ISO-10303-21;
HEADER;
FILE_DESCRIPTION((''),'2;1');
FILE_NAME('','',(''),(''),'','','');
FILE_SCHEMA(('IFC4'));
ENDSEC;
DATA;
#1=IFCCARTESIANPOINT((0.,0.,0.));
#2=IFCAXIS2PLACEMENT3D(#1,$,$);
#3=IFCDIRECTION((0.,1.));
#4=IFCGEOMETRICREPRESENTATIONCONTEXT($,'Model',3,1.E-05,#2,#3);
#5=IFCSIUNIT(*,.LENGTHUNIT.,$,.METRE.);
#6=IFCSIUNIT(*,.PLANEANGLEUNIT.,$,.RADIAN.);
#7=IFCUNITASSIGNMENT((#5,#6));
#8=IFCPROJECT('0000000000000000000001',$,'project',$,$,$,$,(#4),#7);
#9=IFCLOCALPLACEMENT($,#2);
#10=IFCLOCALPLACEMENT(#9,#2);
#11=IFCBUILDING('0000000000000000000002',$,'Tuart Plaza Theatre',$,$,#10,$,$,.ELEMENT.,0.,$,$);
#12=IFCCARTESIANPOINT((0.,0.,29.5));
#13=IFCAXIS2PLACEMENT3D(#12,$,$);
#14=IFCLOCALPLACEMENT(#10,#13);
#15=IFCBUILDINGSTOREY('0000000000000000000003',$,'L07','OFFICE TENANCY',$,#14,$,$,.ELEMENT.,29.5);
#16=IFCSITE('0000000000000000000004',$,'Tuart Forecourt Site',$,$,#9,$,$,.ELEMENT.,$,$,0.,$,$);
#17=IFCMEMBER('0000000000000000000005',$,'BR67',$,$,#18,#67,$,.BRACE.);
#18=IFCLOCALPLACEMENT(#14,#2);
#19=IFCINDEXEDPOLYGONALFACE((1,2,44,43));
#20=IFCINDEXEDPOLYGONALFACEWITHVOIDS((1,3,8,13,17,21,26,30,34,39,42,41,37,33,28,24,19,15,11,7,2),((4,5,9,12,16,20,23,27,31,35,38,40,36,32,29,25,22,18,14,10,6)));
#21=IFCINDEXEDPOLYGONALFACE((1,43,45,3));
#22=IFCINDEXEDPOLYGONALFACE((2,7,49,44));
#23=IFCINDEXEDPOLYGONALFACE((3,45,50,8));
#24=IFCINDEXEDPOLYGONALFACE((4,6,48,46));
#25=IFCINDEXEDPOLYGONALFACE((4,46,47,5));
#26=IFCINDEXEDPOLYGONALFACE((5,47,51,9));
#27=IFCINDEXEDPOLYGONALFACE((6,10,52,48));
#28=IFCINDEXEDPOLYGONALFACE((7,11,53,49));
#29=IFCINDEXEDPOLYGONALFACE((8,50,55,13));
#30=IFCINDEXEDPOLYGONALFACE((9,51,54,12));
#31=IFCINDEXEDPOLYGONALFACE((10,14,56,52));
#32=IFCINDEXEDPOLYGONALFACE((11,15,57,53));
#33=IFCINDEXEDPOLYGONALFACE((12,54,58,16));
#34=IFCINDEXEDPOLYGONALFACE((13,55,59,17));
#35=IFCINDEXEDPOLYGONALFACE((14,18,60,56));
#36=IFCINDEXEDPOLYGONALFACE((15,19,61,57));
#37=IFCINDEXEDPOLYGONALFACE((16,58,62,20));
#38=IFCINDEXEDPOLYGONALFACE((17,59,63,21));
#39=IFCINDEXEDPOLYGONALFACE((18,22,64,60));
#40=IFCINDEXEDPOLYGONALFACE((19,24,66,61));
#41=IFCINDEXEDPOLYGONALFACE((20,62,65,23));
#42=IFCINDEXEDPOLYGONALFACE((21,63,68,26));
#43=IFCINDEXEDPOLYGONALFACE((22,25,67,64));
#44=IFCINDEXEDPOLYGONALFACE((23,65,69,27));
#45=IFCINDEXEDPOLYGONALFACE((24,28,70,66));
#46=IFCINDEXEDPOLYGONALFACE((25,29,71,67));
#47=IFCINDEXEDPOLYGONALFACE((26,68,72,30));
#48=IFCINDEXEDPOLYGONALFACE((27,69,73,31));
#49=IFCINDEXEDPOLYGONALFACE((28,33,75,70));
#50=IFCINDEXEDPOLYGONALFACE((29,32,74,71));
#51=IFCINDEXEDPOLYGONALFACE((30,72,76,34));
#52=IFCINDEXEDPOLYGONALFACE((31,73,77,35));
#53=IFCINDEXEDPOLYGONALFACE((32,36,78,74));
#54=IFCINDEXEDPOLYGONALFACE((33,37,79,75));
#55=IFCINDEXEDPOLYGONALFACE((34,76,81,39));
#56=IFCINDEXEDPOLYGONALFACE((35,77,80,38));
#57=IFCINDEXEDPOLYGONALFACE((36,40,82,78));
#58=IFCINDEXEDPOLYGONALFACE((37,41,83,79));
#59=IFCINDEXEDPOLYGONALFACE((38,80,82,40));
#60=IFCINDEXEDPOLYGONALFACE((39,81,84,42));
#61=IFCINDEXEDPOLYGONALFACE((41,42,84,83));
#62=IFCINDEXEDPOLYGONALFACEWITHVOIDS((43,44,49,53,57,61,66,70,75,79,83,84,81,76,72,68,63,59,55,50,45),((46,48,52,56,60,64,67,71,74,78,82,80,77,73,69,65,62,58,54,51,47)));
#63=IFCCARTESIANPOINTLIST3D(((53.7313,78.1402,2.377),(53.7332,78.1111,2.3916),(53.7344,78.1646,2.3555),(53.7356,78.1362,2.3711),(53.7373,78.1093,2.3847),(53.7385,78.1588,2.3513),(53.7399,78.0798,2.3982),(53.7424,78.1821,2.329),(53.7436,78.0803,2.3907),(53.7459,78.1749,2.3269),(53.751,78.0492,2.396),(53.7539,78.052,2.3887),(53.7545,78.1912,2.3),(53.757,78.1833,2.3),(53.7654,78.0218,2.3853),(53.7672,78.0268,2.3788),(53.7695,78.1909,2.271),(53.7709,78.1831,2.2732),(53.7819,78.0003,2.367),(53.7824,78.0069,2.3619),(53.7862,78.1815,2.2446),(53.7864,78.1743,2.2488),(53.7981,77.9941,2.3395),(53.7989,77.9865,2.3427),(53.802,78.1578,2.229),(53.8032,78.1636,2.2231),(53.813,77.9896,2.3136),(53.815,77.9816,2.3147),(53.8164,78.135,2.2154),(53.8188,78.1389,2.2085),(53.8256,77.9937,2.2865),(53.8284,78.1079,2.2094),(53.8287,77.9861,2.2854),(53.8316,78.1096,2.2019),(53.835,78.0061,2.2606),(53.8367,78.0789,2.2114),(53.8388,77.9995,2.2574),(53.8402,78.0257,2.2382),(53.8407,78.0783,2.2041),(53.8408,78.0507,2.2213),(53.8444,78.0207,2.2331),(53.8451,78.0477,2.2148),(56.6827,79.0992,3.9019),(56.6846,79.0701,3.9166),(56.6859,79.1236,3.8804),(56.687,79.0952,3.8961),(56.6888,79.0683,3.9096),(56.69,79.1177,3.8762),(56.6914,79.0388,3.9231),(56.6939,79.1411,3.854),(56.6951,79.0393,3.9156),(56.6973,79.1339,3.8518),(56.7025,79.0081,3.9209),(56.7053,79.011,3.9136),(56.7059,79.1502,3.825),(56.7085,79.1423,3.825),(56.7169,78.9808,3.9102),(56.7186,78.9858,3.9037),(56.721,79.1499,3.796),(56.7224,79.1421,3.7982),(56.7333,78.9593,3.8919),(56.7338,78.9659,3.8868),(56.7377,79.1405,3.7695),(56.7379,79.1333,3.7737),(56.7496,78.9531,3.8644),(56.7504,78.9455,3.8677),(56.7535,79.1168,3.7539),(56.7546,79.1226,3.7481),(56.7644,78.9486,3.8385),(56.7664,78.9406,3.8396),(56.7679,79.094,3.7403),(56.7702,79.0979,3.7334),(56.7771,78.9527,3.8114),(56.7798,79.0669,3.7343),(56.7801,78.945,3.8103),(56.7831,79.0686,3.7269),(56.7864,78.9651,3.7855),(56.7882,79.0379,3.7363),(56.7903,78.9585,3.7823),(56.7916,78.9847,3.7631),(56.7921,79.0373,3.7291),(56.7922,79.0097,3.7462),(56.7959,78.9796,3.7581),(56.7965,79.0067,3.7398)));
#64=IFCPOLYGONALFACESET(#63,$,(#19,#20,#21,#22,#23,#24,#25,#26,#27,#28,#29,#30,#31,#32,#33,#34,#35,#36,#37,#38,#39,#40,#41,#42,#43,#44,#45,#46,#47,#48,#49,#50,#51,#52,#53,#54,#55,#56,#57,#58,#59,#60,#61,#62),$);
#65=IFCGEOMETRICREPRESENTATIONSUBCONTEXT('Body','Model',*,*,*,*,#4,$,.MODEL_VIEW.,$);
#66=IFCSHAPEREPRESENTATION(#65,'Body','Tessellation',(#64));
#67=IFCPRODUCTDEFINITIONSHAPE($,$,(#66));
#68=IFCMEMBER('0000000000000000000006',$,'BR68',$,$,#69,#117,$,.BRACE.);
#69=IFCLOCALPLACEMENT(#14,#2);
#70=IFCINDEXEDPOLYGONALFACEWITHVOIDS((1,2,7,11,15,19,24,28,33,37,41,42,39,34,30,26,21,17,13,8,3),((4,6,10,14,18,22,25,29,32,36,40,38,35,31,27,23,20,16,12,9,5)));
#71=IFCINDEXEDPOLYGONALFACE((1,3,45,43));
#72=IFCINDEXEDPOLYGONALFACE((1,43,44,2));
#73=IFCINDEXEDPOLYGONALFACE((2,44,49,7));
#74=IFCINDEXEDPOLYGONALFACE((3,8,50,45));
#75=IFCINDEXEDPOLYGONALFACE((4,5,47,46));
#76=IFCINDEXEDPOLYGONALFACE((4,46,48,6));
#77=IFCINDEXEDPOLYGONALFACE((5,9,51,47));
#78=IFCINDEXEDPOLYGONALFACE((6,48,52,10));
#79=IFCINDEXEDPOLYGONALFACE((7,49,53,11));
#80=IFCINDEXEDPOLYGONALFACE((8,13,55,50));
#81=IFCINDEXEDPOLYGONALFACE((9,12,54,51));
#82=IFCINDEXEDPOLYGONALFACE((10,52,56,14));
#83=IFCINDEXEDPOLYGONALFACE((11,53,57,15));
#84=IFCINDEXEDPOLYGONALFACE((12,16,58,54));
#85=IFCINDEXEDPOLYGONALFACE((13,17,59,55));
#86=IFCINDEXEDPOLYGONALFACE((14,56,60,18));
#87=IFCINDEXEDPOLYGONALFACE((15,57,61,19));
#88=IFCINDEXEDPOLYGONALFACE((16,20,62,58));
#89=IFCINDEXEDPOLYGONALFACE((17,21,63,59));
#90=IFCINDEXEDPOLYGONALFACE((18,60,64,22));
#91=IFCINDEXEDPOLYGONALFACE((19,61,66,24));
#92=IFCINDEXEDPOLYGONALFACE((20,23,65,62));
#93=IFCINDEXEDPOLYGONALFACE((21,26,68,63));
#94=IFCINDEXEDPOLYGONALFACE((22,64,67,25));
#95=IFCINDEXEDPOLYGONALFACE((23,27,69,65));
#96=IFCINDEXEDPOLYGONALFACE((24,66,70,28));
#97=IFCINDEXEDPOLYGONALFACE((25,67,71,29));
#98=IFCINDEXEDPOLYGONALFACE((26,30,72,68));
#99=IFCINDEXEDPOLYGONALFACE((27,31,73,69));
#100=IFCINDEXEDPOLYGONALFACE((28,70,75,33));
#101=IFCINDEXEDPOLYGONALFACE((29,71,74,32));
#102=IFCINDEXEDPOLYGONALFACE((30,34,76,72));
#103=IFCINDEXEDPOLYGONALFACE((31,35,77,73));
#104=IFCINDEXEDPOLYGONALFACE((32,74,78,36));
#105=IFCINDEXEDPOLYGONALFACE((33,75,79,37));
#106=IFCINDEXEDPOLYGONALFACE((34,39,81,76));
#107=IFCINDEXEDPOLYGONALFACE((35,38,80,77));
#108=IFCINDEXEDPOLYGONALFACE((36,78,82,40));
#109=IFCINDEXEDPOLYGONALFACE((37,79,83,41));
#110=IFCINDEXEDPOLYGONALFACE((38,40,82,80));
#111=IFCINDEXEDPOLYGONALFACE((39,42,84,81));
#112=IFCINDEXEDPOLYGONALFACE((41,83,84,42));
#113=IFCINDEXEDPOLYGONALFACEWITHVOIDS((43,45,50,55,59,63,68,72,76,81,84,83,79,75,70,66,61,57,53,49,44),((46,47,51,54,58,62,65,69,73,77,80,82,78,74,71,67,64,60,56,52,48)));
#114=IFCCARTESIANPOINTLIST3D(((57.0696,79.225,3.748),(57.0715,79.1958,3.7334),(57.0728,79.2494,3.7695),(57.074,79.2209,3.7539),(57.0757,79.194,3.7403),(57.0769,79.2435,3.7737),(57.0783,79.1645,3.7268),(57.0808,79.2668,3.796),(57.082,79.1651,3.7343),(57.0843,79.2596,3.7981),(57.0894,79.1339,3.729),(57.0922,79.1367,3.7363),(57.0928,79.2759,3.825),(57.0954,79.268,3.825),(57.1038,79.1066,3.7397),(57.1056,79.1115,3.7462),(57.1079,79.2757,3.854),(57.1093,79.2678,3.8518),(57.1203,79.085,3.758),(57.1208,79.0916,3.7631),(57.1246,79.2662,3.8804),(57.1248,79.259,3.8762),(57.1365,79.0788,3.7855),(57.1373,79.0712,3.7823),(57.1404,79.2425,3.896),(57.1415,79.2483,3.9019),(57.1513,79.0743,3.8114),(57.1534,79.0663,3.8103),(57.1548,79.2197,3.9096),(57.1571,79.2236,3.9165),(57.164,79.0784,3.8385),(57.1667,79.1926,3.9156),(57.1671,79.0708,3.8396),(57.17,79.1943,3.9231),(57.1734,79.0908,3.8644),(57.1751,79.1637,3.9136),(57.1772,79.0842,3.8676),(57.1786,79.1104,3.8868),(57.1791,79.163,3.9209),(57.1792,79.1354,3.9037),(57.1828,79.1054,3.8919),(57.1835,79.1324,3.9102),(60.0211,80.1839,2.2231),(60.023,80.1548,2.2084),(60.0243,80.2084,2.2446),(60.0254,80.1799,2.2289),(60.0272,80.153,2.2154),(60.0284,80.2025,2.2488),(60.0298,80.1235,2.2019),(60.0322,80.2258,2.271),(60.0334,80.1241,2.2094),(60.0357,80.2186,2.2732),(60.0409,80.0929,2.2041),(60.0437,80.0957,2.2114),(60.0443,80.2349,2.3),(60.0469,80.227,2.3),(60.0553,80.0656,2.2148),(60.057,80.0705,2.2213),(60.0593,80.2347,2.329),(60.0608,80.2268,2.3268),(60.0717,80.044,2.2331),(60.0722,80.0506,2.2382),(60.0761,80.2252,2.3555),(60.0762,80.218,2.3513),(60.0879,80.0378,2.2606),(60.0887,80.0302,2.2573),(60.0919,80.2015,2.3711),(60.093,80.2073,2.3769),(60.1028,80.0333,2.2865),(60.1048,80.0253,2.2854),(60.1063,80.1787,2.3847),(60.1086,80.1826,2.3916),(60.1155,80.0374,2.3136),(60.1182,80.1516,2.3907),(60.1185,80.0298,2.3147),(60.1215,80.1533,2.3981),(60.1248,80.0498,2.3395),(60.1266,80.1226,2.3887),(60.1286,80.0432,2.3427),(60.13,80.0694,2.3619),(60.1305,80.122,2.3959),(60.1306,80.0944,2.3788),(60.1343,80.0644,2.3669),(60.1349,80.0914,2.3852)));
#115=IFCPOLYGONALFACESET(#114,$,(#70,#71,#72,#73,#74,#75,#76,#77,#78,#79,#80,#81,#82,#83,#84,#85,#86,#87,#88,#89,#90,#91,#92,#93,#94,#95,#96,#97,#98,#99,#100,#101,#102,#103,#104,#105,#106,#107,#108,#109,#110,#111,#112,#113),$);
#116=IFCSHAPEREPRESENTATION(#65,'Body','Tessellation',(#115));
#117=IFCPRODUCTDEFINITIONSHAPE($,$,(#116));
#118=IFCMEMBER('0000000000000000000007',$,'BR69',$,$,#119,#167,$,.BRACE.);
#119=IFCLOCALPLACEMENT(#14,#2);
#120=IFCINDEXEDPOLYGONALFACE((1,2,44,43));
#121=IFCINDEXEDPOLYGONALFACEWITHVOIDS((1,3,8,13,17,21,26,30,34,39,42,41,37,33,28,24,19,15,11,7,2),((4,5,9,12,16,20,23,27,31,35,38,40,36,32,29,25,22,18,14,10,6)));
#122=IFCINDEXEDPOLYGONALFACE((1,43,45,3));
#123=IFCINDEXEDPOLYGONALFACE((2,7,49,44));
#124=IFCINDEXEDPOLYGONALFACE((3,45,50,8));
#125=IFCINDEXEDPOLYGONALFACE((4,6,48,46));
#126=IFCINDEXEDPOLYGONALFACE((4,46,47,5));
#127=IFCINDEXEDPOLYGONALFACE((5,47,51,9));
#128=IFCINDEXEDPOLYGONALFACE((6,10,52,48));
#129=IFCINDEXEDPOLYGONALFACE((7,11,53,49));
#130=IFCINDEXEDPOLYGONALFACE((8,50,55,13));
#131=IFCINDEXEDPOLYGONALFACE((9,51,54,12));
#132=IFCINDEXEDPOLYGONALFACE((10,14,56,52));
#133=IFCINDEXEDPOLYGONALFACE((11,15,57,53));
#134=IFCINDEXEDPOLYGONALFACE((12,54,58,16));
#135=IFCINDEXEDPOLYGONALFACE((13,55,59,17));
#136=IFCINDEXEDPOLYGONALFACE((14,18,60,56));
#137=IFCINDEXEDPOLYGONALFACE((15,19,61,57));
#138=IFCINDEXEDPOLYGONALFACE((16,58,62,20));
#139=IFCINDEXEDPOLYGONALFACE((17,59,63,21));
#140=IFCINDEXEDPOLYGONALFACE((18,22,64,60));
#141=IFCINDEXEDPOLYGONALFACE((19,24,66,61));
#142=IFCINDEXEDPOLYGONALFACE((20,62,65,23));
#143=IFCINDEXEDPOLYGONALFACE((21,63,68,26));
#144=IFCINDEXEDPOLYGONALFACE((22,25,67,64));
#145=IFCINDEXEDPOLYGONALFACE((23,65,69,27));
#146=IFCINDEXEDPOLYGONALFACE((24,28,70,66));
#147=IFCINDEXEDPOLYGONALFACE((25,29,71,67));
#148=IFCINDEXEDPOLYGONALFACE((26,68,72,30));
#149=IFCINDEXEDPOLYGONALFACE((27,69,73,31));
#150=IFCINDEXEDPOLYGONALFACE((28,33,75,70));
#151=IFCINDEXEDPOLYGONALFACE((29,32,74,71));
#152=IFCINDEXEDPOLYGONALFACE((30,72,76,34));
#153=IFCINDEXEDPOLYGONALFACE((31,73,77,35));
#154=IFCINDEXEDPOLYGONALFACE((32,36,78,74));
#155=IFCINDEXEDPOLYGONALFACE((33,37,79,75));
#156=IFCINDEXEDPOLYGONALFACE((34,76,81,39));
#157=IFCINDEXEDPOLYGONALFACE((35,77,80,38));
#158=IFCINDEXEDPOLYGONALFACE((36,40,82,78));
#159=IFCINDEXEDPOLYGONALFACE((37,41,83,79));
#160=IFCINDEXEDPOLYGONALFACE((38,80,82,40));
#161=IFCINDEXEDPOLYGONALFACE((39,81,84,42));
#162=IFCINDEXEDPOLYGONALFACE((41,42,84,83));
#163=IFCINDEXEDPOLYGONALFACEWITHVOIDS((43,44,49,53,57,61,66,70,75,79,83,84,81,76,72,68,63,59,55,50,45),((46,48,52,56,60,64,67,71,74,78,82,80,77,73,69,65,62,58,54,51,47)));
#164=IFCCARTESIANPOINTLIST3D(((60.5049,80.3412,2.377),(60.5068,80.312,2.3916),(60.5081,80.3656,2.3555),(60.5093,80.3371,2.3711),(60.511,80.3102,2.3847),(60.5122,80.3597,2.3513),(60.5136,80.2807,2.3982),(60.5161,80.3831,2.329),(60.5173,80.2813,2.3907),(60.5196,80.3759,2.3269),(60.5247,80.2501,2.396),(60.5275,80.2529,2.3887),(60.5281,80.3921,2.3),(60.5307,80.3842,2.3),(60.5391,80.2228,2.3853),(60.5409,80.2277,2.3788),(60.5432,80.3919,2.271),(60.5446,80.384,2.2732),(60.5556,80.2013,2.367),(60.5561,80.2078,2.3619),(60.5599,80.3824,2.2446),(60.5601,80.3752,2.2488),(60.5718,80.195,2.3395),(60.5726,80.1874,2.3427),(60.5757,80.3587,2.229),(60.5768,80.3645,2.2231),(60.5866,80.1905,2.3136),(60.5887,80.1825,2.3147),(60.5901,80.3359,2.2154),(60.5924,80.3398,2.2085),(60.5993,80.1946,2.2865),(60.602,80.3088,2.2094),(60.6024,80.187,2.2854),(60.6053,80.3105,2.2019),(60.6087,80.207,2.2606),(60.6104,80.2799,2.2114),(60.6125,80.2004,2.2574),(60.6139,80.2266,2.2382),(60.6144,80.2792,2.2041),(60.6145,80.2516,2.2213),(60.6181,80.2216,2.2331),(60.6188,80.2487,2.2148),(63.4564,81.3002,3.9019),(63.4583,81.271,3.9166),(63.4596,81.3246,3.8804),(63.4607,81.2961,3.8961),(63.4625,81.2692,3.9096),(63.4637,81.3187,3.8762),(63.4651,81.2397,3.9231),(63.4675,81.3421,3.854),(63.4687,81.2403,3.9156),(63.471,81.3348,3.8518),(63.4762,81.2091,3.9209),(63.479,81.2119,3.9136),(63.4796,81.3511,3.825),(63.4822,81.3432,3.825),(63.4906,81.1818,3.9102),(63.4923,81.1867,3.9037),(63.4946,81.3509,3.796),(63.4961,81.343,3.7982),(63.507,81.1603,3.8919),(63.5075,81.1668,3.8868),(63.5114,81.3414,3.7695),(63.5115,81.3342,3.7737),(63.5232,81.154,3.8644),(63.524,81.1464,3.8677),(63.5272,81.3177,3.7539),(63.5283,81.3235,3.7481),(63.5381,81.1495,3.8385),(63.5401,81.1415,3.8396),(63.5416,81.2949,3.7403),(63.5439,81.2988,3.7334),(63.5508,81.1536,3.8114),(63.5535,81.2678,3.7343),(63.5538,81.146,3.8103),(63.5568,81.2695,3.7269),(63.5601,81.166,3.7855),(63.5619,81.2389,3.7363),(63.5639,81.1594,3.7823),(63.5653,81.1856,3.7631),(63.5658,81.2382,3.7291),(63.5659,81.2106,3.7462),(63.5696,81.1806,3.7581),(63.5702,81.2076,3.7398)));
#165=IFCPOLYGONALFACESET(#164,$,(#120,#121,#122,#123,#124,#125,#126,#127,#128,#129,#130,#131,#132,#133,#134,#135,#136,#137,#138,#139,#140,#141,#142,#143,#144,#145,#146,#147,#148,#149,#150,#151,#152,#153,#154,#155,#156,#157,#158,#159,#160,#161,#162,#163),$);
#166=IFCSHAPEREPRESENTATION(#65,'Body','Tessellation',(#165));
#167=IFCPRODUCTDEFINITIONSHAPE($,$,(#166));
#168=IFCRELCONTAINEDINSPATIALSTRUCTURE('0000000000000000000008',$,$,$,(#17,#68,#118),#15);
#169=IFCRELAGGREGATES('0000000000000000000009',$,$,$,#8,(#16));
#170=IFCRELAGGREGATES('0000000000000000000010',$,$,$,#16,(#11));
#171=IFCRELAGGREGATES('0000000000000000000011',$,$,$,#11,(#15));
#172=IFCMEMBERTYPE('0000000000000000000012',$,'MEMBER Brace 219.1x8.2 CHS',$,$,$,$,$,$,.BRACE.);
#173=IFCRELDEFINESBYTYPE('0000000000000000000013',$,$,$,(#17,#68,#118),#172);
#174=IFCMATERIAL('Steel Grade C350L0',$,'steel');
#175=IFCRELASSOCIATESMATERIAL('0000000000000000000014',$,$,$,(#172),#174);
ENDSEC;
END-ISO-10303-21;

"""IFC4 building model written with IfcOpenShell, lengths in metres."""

from ifc_helpers import new_model, si_unit, direction, frame, origin, origin_2d, place, context, subcontext, project, spatial, hollow_circle, extrude, material, material_profile, profile_set, type_object, element, save


model = new_model("IFC4")

# Units and contexts
model_context = context("Model", 3, precision=1e-05, world=origin(), true_north=direction((0.0, 1.0)))
body_context = subcontext(model_context, "Body", "Model", "MODEL_VIEW")
ifc_project = project(units=[si_unit("LENGTHUNIT", "METRE"), si_unit("PLANEANGLEUNIT", "RADIAN")], contexts=[model_context])

# Site, building, storey
site_placement = place(None, origin())
site = spatial("IfcSite", under=ifc_project, at=site_placement, Name="Tuart Forecourt Site", CompositionType="ELEMENT", RefElevation=0.0)
building_placement = place(site_placement, origin())
building = spatial("IfcBuilding", under=site, at=building_placement, Name="Tuart Plaza Theatre", CompositionType="ELEMENT", ElevationOfRefHeight=0.0)
storey_placement = place(building_placement, frame((0.0, 0.0, 29.5)))
storey = spatial("IfcBuildingStorey", under=building, at=storey_placement, Name="L07", Description="OFFICE TENANCY", CompositionType="ELEMENT", Elevation=29.5)

# Members
ifc_material_1 = material(Name="Steel Grade C350L0", Category="steel")
ifc_material_profile_1 = material_profile(ifc_material_1, hollow_circle(Radius=0.1096, WallThickness=0.0083, at=origin_2d()), Name="219.1x8.2 CHS")
ifc_profile_set_1 = profile_set([ifc_material_profile_1], Name="Steel Grade C350L0")
member_type_1 = type_object("IfcMemberType", Name="MEMBER Brace 219.1x8.2 CHS", PredefinedType="BRACE", material=ifc_profile_set_1)
for number, where, z_axis, x_axis, name in (
    (1, (53.7883, 78.0869, 2.3), (0.853573, 0.277346, 0.441014), (-0.30902, 0.951055, 0.0), "BR67"),
    (2, (57.1267, 79.1716, 3.825), (0.853573, 0.277346, -0.441014), (-0.30902, 0.951055, 0.0), "BR68"),
    (3, (60.562, 80.2878, 2.3), (0.853573, 0.277346, 0.441014), (-0.30902, 0.951055, 0.0), "BR69"),
):
    element("IfcMember", number, at=place(storey_placement, frame(where, z_axis=z_axis, x_axis=x_axis)), inside=storey, type_object=member_type_1, Name=name, PredefinedType="BRACE", context=body_context, shape_type="SweptSolid", body=[
        extrude(hollow_circle(Radius=0.1096, WallThickness=0.0083, at=origin_2d()), origin(), (0.0, 0.0, 1.0), 3.4578),
    ])

save(model, "model.ifc")
